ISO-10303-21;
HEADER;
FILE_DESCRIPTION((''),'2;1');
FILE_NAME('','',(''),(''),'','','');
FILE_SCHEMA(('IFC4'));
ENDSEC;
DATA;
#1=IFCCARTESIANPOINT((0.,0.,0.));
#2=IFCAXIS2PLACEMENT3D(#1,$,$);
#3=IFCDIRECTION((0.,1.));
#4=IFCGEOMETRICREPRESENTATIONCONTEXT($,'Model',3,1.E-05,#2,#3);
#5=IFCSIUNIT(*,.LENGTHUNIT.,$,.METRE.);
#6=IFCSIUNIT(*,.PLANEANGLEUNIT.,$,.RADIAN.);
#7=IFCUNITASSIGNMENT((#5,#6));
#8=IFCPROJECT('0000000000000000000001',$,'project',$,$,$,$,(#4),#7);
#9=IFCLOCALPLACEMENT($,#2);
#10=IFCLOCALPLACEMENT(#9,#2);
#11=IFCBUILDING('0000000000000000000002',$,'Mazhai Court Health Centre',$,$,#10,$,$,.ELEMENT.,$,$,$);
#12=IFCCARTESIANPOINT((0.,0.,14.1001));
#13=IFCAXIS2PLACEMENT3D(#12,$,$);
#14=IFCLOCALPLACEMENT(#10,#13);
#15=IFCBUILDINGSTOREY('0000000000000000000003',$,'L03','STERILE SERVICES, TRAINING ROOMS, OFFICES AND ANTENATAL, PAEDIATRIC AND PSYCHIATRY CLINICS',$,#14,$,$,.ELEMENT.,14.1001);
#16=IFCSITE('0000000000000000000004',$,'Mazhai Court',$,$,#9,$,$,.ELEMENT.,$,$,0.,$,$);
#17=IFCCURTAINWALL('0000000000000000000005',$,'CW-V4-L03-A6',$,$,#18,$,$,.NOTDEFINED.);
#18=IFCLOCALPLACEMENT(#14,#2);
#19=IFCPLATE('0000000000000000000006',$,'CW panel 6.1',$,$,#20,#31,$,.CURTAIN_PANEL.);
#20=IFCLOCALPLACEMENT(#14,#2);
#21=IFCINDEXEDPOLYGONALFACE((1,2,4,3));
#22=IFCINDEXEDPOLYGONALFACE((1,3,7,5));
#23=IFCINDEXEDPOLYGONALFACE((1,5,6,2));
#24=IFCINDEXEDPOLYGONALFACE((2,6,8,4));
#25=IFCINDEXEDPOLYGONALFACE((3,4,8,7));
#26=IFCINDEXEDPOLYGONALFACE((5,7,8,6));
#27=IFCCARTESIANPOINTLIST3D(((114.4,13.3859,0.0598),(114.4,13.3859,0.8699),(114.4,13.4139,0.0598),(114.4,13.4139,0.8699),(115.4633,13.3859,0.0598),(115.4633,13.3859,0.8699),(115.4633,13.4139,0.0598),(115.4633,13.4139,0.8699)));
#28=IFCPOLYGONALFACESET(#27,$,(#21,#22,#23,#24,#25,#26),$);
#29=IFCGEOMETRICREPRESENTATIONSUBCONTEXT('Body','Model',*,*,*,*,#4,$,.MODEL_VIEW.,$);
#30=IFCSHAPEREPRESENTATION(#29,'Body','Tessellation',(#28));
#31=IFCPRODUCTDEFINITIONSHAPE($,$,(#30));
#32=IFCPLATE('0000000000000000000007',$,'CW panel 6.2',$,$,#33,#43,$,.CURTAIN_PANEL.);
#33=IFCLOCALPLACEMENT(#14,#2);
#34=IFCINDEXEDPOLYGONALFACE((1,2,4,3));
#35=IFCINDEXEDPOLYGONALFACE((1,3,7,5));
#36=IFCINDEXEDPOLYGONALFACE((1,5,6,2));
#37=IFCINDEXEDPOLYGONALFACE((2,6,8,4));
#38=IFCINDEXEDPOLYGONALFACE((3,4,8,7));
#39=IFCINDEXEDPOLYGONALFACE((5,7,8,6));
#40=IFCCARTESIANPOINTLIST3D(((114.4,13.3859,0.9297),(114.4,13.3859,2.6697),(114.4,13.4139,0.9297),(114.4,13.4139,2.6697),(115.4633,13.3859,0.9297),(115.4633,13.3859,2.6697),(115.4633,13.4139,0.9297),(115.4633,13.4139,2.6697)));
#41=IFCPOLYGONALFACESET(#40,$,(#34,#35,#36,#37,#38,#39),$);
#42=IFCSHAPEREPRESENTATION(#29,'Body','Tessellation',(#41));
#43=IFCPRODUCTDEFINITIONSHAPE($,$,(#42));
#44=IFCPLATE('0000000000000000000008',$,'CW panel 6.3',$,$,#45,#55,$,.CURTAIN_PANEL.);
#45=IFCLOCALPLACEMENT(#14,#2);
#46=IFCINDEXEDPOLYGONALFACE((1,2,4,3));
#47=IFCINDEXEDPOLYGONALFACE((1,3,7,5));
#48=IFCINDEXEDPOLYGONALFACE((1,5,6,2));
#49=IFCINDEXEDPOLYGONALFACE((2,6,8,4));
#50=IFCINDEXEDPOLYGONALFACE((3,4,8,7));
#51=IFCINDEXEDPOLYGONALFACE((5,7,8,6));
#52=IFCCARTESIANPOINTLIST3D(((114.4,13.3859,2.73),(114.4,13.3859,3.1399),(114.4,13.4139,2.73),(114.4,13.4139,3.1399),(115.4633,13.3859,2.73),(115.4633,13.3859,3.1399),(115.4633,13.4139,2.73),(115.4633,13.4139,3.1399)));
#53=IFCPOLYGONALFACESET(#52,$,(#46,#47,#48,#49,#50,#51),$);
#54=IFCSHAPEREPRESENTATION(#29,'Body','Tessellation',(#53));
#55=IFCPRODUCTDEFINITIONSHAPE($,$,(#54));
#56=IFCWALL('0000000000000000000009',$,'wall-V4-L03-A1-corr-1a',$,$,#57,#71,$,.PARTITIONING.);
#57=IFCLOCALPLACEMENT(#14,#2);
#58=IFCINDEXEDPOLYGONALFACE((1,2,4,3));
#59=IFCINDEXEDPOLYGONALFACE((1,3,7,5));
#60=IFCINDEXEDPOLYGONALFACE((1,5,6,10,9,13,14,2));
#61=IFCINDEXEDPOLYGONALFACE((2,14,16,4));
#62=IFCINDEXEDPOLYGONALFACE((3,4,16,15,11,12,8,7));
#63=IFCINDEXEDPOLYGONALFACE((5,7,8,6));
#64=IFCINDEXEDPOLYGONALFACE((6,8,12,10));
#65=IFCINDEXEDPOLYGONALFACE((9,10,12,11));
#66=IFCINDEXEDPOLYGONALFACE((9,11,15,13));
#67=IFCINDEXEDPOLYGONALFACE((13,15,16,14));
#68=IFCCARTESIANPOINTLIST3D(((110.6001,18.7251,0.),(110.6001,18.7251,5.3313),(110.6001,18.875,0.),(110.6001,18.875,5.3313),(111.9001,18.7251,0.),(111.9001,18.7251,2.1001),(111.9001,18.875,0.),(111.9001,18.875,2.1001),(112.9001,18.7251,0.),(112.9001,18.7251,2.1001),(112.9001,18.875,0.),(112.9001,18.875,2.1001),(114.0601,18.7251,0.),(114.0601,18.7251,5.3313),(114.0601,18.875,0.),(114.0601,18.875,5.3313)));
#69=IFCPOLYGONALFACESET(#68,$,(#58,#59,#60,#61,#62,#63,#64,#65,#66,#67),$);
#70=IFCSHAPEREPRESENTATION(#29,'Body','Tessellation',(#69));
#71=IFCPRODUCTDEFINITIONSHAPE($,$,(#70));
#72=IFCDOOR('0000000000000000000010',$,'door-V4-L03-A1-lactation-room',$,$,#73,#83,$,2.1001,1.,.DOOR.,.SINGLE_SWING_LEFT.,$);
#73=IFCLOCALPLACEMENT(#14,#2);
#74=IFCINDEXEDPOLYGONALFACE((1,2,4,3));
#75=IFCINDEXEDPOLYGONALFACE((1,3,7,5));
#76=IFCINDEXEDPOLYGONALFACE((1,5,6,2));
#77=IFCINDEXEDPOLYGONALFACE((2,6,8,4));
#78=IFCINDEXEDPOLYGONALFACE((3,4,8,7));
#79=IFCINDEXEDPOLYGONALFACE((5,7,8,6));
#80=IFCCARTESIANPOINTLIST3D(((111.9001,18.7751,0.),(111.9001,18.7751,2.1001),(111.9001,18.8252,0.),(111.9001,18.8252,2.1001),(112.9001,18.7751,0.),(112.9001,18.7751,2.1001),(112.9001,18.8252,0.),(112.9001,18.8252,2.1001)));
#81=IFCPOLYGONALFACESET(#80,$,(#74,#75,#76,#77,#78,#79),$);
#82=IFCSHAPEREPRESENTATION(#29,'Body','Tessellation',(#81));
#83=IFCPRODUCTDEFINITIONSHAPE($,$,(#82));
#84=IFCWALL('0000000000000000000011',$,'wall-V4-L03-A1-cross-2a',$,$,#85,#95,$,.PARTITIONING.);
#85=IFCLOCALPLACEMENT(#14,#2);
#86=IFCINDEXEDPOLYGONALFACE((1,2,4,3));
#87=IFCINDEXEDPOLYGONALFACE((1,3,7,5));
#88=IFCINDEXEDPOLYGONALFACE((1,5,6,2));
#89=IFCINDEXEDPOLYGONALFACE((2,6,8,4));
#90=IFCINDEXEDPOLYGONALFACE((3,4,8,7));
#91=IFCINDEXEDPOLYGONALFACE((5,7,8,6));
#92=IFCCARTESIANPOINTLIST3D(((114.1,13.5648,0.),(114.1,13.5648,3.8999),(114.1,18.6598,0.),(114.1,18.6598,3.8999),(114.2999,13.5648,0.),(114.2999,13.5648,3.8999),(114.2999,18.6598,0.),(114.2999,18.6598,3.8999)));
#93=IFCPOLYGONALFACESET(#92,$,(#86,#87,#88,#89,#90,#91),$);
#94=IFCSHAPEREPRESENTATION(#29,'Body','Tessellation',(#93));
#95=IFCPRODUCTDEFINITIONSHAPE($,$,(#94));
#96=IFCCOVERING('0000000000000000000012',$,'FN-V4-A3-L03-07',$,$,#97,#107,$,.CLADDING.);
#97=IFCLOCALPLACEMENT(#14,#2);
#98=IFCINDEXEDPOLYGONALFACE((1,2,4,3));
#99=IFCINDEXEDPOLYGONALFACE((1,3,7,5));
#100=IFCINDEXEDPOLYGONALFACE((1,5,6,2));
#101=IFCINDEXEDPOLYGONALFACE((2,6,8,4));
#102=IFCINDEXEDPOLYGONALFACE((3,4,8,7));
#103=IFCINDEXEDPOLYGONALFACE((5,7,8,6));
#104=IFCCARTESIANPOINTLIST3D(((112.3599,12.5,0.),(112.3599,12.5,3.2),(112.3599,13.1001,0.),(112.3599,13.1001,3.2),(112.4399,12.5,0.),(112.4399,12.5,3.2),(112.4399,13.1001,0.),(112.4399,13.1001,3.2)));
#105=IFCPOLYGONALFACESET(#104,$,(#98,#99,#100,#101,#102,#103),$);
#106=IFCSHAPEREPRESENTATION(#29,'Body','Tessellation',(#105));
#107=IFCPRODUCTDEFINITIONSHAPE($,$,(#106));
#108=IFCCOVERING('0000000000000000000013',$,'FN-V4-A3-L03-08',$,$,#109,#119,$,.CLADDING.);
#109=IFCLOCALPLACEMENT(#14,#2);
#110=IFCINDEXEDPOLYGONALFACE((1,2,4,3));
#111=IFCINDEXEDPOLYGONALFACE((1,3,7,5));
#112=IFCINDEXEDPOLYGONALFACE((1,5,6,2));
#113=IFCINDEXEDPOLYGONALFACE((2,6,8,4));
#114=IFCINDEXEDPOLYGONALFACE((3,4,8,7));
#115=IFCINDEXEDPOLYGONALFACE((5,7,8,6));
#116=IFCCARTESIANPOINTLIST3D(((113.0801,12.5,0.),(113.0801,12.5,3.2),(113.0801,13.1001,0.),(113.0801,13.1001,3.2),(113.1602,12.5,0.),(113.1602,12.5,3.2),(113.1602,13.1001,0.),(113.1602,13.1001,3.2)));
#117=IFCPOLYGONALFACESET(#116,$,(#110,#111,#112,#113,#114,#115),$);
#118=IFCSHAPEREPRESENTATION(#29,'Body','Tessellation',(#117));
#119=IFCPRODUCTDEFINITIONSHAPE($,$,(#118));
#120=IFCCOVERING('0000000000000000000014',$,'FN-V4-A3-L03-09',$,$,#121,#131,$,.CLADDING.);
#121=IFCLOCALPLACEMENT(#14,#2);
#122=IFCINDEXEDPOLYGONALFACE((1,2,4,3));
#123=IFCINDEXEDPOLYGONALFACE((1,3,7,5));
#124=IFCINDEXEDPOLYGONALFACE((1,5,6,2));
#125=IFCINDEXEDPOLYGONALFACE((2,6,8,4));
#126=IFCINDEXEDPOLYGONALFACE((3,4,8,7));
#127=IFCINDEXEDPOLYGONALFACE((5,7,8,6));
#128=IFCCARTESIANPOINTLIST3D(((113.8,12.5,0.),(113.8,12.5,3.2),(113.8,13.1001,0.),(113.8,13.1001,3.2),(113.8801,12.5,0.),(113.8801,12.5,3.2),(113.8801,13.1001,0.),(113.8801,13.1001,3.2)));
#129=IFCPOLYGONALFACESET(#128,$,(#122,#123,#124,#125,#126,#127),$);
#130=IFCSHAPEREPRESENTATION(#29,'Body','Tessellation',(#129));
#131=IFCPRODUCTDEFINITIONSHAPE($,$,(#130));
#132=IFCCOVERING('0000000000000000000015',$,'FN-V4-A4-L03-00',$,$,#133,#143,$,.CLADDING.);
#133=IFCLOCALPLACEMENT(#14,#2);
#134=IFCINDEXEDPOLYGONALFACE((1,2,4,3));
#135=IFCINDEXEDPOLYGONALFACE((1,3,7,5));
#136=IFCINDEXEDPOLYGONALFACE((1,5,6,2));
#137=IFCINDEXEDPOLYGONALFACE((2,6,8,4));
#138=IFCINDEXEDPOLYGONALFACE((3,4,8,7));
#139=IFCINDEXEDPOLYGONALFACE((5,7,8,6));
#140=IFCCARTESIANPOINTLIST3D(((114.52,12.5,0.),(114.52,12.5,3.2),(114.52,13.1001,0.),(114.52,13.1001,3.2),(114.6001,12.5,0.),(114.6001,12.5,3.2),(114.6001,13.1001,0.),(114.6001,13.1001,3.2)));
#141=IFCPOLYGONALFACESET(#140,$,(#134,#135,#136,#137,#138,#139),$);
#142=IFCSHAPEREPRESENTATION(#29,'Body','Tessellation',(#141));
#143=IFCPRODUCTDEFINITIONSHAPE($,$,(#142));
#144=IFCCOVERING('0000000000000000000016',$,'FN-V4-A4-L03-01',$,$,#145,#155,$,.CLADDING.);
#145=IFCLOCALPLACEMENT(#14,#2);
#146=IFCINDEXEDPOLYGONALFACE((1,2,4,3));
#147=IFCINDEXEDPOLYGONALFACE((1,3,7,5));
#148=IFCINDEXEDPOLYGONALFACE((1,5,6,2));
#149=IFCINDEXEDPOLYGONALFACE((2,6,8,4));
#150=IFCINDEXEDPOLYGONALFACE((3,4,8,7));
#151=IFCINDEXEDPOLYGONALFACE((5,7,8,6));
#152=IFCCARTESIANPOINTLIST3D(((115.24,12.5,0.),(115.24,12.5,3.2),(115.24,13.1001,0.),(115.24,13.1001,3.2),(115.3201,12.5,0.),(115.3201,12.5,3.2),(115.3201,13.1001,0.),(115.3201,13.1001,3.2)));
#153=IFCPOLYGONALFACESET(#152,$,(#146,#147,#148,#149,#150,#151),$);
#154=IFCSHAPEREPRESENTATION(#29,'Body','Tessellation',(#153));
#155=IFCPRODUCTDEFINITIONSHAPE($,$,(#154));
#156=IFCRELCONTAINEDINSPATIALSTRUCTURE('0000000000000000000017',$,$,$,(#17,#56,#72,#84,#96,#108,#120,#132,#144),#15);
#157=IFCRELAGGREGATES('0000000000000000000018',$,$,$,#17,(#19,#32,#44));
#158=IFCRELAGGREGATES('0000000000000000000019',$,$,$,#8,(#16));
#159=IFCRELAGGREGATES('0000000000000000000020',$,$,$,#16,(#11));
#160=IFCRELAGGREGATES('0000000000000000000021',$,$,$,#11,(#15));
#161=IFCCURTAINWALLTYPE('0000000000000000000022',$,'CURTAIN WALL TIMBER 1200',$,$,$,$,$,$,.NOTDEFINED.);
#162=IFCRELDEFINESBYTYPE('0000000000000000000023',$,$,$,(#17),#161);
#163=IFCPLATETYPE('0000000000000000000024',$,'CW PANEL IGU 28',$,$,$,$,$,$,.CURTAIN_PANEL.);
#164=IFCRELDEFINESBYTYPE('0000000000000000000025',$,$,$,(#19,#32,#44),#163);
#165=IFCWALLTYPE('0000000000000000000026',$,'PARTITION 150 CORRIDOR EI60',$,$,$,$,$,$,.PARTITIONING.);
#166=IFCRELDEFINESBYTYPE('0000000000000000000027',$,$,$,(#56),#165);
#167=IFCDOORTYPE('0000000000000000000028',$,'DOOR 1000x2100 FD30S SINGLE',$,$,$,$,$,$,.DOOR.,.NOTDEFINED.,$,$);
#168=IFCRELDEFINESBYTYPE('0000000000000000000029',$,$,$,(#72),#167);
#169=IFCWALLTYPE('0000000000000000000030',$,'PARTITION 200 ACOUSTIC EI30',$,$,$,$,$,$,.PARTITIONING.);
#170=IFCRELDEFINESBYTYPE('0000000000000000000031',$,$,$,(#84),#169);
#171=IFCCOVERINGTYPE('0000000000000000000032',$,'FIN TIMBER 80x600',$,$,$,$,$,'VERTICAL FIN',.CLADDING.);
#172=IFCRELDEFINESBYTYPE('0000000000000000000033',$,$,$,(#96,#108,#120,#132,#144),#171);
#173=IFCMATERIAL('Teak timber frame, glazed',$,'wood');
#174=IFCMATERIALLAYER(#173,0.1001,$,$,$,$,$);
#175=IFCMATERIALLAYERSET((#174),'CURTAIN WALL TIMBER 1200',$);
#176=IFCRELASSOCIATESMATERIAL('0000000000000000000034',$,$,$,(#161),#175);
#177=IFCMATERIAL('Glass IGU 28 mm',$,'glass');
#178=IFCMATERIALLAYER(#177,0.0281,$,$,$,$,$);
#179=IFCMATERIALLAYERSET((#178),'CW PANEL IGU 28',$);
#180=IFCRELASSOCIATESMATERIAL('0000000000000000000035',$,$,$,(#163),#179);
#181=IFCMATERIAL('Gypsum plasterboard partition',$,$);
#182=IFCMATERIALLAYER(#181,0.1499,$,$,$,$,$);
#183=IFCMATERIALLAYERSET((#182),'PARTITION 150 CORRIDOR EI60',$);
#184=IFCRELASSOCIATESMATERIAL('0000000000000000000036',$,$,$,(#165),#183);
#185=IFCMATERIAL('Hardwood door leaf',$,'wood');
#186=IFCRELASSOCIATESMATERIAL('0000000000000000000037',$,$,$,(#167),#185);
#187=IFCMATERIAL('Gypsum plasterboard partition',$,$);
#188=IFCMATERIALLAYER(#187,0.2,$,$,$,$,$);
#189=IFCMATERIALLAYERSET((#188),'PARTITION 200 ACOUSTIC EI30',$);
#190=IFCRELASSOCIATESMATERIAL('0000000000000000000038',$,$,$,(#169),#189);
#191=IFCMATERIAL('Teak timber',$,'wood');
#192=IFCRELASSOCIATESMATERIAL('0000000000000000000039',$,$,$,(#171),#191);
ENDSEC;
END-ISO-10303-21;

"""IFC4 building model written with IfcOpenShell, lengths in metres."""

from ifc_helpers import new_model, si_unit, direction, frame, frame_2d, origin, origin_2d, place, context, subcontext, project, spatial, rectangle, extrude, material, layer, layer_set, type_object, element, fill, aggregate, save


model = new_model("IFC4")

# Units and contexts
model_context = context("Model", 3, precision=1e-05, world=origin(), true_north=direction((0.0, 1.0)))
body_context = subcontext(model_context, "Body", "Model", "MODEL_VIEW")
ifc_project = project(units=[si_unit("LENGTHUNIT", "METRE"), si_unit("PLANEANGLEUNIT", "RADIAN")], contexts=[model_context])

# Site, building, storey
site_placement = place(None, origin())
site = spatial("IfcSite", under=ifc_project, at=site_placement, Name="Mazhai Court", CompositionType="ELEMENT", RefElevation=0.0)
building_placement = place(site_placement, origin())
building = spatial("IfcBuilding", under=site, at=building_placement, Name="Mazhai Court Health Centre", CompositionType="ELEMENT")
storey_placement = place(building_placement, frame((0.0, 0.0, 14.1001)))
storey = spatial("IfcBuildingStorey", under=building, at=storey_placement, Name="L03", Description="STERILE SERVICES, TRAINING ROOMS, OFFICES AND ANTENATAL, PAEDIATRIC AND PSYCHIATRY CLINICS", CompositionType="ELEMENT", Elevation=14.1001)

# Shared definitions
ifc_material_1 = material(Name="Teak timber frame, glazed", Category="wood")
ifc_layer_1 = layer(ifc_material_1, 0.1001)
ifc_layer_set_1 = layer_set([ifc_layer_1], Name="CURTAIN WALL TIMBER 1200")
curtain_wall_type = type_object("IfcCurtainWallType", Name="CURTAIN WALL TIMBER 1200", PredefinedType="NOTDEFINED", material=ifc_layer_set_1)

# Curtain wall
curtain_wall_1_placement = place(storey_placement, origin())
curtain_wall_1 = element("IfcCurtainWall", 1, at=curtain_wall_1_placement, inside=storey, type_object=curtain_wall_type, Name="CW-V4-L03-A6", PredefinedType="NOTDEFINED")

# Plates
ifc_material_2 = material(Name="Glass IGU 28 mm", Category="glass")
ifc_layer_2 = layer(ifc_material_2, 0.0281)
ifc_layer_set_2 = layer_set([ifc_layer_2], Name="CW PANEL IGU 28")
plate_type = type_object("IfcPlateType", Name="CW PANEL IGU 28", PredefinedType="CURTAIN_PANEL", material=ifc_layer_set_2)
plate_1_placement = place(storey_placement, frame((114.9316, 13.3999, 0.0598), z_axis=(0.0, 0.0, 1.0), x_axis=(-1.0, 0.0, 0.0)))
plate_1 = element("IfcPlate", 2, at=plate_1_placement, type_object=plate_type, Name="CW panel 6.1", PredefinedType="CURTAIN_PANEL", context=body_context, shape_type="SweptSolid", body=[
    extrude(rectangle(XDim=1.0632, YDim=0.0281, at=origin_2d()), origin(), (0.0, 0.0, 1.0), 0.8101),
])
plate_2_placement = place(storey_placement, frame((114.9316, 13.3999, 0.9297), z_axis=(0.0, 0.0, 1.0), x_axis=(-1.0, 0.0, 0.0)))
plate_2 = element("IfcPlate", 3, at=plate_2_placement, type_object=plate_type, Name="CW panel 6.2", PredefinedType="CURTAIN_PANEL", context=body_context, shape_type="SweptSolid", body=[
    extrude(rectangle(XDim=1.0632, YDim=0.0281, at=origin_2d()), origin(), (0.0, 0.0, 1.0), 1.74),
])
plate_3_placement = place(storey_placement, frame((114.9316, 13.3999, 2.73), z_axis=(0.0, 0.0, 1.0), x_axis=(-1.0, 0.0, 0.0)))
plate_3 = element("IfcPlate", 4, at=plate_3_placement, type_object=plate_type, Name="CW panel 6.3", PredefinedType="CURTAIN_PANEL", context=body_context, shape_type="SweptSolid", body=[
    extrude(rectangle(XDim=1.0632, YDim=0.0281, at=origin_2d()), origin(), (0.0, 0.0, 1.0), 0.4099),
])
aggregate(curtain_wall_1, [plate_1, plate_2, plate_3])

# Wall, opening, door
ifc_material_3 = material(Name="Gypsum plasterboard partition")
ifc_layer_3 = layer(ifc_material_3, 0.1499)
ifc_layer_set_3 = layer_set([ifc_layer_3], Name="PARTITION 150 CORRIDOR EI60")
wall_type_1 = type_object("IfcWallType", Name="PARTITION 150 CORRIDOR EI60", PredefinedType="PARTITIONING", material=ifc_layer_set_3)
wall_1_placement = place(storey_placement, frame((114.0601, 18.8, 0.0), z_axis=(0.0, 0.0, 1.0), x_axis=(-1.0, 0.0, 0.0)))
wall_1 = element("IfcWall", 5, at=wall_1_placement, inside=storey, type_object=wall_type_1, Name="wall-V4-L03-A1-corr-1a", PredefinedType="PARTITIONING", context=body_context, shape_type="SweptSolid", body=[
    extrude(rectangle(XDim=3.46, YDim=0.1499, at=frame_2d((1.73, 0.0))), origin(), (0.0, 0.0, 1.0), 5.3313),
])
opening_placement = place(wall_1_placement, frame((1.1599, 0.0, 0.0)))
opening = element("IfcOpeningElement", 6, at=opening_placement, cuts=wall_1, PredefinedType="OPENING", context=body_context, shape_type="SweptSolid", body=[
    extrude(rectangle(XDim=1.0, YDim=2.1001, at=frame_2d((0.5, 1.05))), frame((0.0, 0.085, 0.0), z_axis=(0.0, -1.0, 0.0), x_axis=(1.0, 0.0, 0.0)), (0.0, 0.0, 1.0), 0.1699),
])
ifc_material_4 = material(Name="Hardwood door leaf", Category="wood")
door_type = type_object("IfcDoorType", Name="DOOR 1000x2100 FD30S SINGLE", OperationType="NOTDEFINED", PredefinedType="DOOR", material=ifc_material_4)
door_placement = place(opening_placement, origin())
door = element("IfcDoor", 7, at=door_placement, inside=storey, type_object=door_type, Name="door-V4-L03-A1-lactation-room", OperationType="SINGLE_SWING_LEFT", OverallHeight=2.1001, OverallWidth=1.0, PredefinedType="DOOR", context=body_context, shape_type="SweptSolid", body=[
    extrude(rectangle(XDim=1.0, YDim=2.1001, at=frame_2d((0.5, 1.05))), frame((0.0, 0.0249, 0.0), z_axis=(0.0, -1.0, 0.0), x_axis=(1.0, 0.0, 0.0)), (0.0, 0.0, 1.0), 0.05),
])
fill(opening, door)

# Wall
ifc_material_5 = material(Name="Gypsum plasterboard partition")
ifc_layer_4 = layer(ifc_material_5, 0.2)
ifc_layer_set_4 = layer_set([ifc_layer_4], Name="PARTITION 200 ACOUSTIC EI30")
wall_type_2 = type_object("IfcWallType", Name="PARTITION 200 ACOUSTIC EI30", PredefinedType="PARTITIONING", material=ifc_layer_set_4)
wall_2_placement = place(storey_placement, frame((114.2, 13.5649, 0.0), z_axis=(0.0, 0.0, 1.0), x_axis=(0.0, 1.0, 0.0)))
element("IfcWall", 8, at=wall_2_placement, inside=storey, type_object=wall_type_2, Name="wall-V4-L03-A1-cross-2a", PredefinedType="PARTITIONING", context=body_context, shape_type="SweptSolid", body=[
    extrude(rectangle(XDim=5.095, YDim=0.2, at=frame_2d((2.5474, 0.0))), origin(), (0.0, 0.0, 1.0), 3.8999),
])

# Coverings
ifc_material_6 = material(Name="Teak timber", Category="wood")
covering_type = type_object("IfcCoveringType", Name="FIN TIMBER 80x600", ElementType="VERTICAL FIN", PredefinedType="CLADDING", material=ifc_material_6)
for number, where, z_axis, x_axis, name in (
    (9, (112.3999, 12.8, 0.0), (0.0, 0.0, 1.0), (1.0, 0.0, 0.0), "FN-V4-A3-L03-07"),
    (10, (113.1201, 12.8, 0.0), (0.0, 0.0, 1.0), (1.0, 0.0, 0.0), "FN-V4-A3-L03-08"),
    (11, (113.8401, 12.8, 0.0), (0.0, 0.0, 1.0), (1.0, 0.0, 0.0), "FN-V4-A3-L03-09"),
    (12, (114.5601, 12.8, 0.0), (0.0, 0.0, 1.0), (1.0, 0.0, 0.0), "FN-V4-A4-L03-00"),
    (13, (115.28, 12.8, 0.0), (0.0, 0.0, 1.0), (1.0, 0.0, 0.0), "FN-V4-A4-L03-01"),
):
    element("IfcCovering", number, at=place(storey_placement, frame(where, z_axis=z_axis, x_axis=x_axis)), inside=storey, type_object=covering_type, Name=name, PredefinedType="CLADDING", context=body_context, shape_type="SweptSolid", body=[
        extrude(rectangle(XDim=0.0801, YDim=0.6001, at=origin_2d()), origin(), (0.0, 0.0, 1.0), 3.2),
    ])

save(model, "model.ifc")
